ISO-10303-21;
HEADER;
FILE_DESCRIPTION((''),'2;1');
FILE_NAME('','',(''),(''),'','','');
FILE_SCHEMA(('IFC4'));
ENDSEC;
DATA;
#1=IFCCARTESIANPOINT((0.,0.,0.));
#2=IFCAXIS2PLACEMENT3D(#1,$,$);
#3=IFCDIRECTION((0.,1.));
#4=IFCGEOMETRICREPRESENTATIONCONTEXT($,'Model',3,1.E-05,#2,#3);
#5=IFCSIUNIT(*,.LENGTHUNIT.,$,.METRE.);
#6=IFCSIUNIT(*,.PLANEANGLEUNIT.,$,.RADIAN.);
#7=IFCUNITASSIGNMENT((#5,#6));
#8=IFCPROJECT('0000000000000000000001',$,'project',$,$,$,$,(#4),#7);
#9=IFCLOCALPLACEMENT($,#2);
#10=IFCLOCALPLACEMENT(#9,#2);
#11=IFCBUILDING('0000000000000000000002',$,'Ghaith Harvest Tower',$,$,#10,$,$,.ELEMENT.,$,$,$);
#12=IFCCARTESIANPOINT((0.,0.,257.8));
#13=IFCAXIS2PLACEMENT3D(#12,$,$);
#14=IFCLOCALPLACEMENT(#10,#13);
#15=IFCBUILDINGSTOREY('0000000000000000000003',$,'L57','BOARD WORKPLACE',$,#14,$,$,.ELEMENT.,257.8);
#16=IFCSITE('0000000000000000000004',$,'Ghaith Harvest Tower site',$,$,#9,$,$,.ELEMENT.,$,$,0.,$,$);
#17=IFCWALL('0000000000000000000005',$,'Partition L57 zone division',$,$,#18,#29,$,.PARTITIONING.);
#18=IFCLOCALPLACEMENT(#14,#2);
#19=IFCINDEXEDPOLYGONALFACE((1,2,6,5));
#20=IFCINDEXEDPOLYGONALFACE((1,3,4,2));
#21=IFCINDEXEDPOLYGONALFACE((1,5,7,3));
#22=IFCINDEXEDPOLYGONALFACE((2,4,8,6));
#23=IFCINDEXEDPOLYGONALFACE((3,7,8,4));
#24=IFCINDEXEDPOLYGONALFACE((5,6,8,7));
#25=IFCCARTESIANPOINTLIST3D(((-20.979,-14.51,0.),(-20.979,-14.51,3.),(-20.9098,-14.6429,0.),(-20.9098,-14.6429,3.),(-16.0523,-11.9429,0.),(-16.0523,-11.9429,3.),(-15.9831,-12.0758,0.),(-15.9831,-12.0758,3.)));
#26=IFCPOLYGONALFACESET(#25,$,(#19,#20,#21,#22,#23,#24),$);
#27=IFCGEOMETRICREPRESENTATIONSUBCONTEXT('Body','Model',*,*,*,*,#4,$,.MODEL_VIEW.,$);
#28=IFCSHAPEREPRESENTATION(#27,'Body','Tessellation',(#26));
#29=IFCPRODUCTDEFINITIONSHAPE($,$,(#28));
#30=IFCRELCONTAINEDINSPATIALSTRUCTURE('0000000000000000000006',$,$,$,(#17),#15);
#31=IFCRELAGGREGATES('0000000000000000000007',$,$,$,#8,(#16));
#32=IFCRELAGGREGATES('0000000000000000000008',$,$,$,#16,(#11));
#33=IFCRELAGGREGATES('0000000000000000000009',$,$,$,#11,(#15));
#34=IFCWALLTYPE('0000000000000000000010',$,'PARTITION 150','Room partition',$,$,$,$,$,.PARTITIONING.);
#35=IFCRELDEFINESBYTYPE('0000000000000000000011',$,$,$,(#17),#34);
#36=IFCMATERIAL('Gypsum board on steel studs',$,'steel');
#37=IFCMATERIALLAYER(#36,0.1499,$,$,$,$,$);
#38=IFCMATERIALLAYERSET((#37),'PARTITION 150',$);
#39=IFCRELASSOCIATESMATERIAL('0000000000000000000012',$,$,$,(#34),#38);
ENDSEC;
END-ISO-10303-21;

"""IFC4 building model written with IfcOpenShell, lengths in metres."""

from ifc_helpers import new_model, si_unit, direction, frame, frame_2d, origin, place, context, subcontext, project, spatial, rectangle, extrude, material, layer, layer_set, type_object, element, save


model = new_model("IFC4")

# Units and contexts
model_context = context("Model", 3, precision=1e-05, world=origin(), true_north=direction((0.0, 1.0)))
body_context = subcontext(model_context, "Body", "Model", "MODEL_VIEW")
ifc_project = project(units=[si_unit("LENGTHUNIT", "METRE"), si_unit("PLANEANGLEUNIT", "RADIAN")], contexts=[model_context])

# Site, building, storey
site_placement = place(None, origin())
site = spatial("IfcSite", under=ifc_project, at=site_placement, Name="Ghaith Harvest Tower site", CompositionType="ELEMENT", RefElevation=0.0)
building_placement = place(site_placement, origin())
building = spatial("IfcBuilding", under=site, at=building_placement, Name="Ghaith Harvest Tower", CompositionType="ELEMENT")
storey_placement = place(building_placement, frame((0.0, 0.0, 257.8)))
storey = spatial("IfcBuildingStorey", under=building, at=storey_placement, Name="L57", Description="BOARD WORKPLACE", CompositionType="ELEMENT", Elevation=257.8)

# Shared definitions
ifc_material_1 = material(Name="Gypsum board on steel studs", Category="steel")
ifc_layer_1 = layer(ifc_material_1, 0.1499)
ifc_layer_set_1 = layer_set([ifc_layer_1], Name="PARTITION 150")
wall_type_1 = type_object("IfcWallType", Name="PARTITION 150", Description="Room partition", PredefinedType="PARTITIONING", material=ifc_layer_set_1)

# Wall
wall_1_placement = place(storey_placement, frame((-16.0176, -12.0093, 0.0), z_axis=(0.0, 0.0, 1.0), x_axis=(-0.886832, -0.462093, 0.0)))
element("IfcWall", 1, at=wall_1_placement, inside=storey, type_object=wall_type_1, Name="Partition L57 zone division", PredefinedType="PARTITIONING", context=body_context, shape_type="SweptSolid", body=[
    extrude(rectangle(XDim=5.5554, YDim=0.1499, at=frame_2d((2.7778, 0.0))), origin(), (0.0, 0.0, 1.0), 3.0),
])

save(model, "model.ifc")
